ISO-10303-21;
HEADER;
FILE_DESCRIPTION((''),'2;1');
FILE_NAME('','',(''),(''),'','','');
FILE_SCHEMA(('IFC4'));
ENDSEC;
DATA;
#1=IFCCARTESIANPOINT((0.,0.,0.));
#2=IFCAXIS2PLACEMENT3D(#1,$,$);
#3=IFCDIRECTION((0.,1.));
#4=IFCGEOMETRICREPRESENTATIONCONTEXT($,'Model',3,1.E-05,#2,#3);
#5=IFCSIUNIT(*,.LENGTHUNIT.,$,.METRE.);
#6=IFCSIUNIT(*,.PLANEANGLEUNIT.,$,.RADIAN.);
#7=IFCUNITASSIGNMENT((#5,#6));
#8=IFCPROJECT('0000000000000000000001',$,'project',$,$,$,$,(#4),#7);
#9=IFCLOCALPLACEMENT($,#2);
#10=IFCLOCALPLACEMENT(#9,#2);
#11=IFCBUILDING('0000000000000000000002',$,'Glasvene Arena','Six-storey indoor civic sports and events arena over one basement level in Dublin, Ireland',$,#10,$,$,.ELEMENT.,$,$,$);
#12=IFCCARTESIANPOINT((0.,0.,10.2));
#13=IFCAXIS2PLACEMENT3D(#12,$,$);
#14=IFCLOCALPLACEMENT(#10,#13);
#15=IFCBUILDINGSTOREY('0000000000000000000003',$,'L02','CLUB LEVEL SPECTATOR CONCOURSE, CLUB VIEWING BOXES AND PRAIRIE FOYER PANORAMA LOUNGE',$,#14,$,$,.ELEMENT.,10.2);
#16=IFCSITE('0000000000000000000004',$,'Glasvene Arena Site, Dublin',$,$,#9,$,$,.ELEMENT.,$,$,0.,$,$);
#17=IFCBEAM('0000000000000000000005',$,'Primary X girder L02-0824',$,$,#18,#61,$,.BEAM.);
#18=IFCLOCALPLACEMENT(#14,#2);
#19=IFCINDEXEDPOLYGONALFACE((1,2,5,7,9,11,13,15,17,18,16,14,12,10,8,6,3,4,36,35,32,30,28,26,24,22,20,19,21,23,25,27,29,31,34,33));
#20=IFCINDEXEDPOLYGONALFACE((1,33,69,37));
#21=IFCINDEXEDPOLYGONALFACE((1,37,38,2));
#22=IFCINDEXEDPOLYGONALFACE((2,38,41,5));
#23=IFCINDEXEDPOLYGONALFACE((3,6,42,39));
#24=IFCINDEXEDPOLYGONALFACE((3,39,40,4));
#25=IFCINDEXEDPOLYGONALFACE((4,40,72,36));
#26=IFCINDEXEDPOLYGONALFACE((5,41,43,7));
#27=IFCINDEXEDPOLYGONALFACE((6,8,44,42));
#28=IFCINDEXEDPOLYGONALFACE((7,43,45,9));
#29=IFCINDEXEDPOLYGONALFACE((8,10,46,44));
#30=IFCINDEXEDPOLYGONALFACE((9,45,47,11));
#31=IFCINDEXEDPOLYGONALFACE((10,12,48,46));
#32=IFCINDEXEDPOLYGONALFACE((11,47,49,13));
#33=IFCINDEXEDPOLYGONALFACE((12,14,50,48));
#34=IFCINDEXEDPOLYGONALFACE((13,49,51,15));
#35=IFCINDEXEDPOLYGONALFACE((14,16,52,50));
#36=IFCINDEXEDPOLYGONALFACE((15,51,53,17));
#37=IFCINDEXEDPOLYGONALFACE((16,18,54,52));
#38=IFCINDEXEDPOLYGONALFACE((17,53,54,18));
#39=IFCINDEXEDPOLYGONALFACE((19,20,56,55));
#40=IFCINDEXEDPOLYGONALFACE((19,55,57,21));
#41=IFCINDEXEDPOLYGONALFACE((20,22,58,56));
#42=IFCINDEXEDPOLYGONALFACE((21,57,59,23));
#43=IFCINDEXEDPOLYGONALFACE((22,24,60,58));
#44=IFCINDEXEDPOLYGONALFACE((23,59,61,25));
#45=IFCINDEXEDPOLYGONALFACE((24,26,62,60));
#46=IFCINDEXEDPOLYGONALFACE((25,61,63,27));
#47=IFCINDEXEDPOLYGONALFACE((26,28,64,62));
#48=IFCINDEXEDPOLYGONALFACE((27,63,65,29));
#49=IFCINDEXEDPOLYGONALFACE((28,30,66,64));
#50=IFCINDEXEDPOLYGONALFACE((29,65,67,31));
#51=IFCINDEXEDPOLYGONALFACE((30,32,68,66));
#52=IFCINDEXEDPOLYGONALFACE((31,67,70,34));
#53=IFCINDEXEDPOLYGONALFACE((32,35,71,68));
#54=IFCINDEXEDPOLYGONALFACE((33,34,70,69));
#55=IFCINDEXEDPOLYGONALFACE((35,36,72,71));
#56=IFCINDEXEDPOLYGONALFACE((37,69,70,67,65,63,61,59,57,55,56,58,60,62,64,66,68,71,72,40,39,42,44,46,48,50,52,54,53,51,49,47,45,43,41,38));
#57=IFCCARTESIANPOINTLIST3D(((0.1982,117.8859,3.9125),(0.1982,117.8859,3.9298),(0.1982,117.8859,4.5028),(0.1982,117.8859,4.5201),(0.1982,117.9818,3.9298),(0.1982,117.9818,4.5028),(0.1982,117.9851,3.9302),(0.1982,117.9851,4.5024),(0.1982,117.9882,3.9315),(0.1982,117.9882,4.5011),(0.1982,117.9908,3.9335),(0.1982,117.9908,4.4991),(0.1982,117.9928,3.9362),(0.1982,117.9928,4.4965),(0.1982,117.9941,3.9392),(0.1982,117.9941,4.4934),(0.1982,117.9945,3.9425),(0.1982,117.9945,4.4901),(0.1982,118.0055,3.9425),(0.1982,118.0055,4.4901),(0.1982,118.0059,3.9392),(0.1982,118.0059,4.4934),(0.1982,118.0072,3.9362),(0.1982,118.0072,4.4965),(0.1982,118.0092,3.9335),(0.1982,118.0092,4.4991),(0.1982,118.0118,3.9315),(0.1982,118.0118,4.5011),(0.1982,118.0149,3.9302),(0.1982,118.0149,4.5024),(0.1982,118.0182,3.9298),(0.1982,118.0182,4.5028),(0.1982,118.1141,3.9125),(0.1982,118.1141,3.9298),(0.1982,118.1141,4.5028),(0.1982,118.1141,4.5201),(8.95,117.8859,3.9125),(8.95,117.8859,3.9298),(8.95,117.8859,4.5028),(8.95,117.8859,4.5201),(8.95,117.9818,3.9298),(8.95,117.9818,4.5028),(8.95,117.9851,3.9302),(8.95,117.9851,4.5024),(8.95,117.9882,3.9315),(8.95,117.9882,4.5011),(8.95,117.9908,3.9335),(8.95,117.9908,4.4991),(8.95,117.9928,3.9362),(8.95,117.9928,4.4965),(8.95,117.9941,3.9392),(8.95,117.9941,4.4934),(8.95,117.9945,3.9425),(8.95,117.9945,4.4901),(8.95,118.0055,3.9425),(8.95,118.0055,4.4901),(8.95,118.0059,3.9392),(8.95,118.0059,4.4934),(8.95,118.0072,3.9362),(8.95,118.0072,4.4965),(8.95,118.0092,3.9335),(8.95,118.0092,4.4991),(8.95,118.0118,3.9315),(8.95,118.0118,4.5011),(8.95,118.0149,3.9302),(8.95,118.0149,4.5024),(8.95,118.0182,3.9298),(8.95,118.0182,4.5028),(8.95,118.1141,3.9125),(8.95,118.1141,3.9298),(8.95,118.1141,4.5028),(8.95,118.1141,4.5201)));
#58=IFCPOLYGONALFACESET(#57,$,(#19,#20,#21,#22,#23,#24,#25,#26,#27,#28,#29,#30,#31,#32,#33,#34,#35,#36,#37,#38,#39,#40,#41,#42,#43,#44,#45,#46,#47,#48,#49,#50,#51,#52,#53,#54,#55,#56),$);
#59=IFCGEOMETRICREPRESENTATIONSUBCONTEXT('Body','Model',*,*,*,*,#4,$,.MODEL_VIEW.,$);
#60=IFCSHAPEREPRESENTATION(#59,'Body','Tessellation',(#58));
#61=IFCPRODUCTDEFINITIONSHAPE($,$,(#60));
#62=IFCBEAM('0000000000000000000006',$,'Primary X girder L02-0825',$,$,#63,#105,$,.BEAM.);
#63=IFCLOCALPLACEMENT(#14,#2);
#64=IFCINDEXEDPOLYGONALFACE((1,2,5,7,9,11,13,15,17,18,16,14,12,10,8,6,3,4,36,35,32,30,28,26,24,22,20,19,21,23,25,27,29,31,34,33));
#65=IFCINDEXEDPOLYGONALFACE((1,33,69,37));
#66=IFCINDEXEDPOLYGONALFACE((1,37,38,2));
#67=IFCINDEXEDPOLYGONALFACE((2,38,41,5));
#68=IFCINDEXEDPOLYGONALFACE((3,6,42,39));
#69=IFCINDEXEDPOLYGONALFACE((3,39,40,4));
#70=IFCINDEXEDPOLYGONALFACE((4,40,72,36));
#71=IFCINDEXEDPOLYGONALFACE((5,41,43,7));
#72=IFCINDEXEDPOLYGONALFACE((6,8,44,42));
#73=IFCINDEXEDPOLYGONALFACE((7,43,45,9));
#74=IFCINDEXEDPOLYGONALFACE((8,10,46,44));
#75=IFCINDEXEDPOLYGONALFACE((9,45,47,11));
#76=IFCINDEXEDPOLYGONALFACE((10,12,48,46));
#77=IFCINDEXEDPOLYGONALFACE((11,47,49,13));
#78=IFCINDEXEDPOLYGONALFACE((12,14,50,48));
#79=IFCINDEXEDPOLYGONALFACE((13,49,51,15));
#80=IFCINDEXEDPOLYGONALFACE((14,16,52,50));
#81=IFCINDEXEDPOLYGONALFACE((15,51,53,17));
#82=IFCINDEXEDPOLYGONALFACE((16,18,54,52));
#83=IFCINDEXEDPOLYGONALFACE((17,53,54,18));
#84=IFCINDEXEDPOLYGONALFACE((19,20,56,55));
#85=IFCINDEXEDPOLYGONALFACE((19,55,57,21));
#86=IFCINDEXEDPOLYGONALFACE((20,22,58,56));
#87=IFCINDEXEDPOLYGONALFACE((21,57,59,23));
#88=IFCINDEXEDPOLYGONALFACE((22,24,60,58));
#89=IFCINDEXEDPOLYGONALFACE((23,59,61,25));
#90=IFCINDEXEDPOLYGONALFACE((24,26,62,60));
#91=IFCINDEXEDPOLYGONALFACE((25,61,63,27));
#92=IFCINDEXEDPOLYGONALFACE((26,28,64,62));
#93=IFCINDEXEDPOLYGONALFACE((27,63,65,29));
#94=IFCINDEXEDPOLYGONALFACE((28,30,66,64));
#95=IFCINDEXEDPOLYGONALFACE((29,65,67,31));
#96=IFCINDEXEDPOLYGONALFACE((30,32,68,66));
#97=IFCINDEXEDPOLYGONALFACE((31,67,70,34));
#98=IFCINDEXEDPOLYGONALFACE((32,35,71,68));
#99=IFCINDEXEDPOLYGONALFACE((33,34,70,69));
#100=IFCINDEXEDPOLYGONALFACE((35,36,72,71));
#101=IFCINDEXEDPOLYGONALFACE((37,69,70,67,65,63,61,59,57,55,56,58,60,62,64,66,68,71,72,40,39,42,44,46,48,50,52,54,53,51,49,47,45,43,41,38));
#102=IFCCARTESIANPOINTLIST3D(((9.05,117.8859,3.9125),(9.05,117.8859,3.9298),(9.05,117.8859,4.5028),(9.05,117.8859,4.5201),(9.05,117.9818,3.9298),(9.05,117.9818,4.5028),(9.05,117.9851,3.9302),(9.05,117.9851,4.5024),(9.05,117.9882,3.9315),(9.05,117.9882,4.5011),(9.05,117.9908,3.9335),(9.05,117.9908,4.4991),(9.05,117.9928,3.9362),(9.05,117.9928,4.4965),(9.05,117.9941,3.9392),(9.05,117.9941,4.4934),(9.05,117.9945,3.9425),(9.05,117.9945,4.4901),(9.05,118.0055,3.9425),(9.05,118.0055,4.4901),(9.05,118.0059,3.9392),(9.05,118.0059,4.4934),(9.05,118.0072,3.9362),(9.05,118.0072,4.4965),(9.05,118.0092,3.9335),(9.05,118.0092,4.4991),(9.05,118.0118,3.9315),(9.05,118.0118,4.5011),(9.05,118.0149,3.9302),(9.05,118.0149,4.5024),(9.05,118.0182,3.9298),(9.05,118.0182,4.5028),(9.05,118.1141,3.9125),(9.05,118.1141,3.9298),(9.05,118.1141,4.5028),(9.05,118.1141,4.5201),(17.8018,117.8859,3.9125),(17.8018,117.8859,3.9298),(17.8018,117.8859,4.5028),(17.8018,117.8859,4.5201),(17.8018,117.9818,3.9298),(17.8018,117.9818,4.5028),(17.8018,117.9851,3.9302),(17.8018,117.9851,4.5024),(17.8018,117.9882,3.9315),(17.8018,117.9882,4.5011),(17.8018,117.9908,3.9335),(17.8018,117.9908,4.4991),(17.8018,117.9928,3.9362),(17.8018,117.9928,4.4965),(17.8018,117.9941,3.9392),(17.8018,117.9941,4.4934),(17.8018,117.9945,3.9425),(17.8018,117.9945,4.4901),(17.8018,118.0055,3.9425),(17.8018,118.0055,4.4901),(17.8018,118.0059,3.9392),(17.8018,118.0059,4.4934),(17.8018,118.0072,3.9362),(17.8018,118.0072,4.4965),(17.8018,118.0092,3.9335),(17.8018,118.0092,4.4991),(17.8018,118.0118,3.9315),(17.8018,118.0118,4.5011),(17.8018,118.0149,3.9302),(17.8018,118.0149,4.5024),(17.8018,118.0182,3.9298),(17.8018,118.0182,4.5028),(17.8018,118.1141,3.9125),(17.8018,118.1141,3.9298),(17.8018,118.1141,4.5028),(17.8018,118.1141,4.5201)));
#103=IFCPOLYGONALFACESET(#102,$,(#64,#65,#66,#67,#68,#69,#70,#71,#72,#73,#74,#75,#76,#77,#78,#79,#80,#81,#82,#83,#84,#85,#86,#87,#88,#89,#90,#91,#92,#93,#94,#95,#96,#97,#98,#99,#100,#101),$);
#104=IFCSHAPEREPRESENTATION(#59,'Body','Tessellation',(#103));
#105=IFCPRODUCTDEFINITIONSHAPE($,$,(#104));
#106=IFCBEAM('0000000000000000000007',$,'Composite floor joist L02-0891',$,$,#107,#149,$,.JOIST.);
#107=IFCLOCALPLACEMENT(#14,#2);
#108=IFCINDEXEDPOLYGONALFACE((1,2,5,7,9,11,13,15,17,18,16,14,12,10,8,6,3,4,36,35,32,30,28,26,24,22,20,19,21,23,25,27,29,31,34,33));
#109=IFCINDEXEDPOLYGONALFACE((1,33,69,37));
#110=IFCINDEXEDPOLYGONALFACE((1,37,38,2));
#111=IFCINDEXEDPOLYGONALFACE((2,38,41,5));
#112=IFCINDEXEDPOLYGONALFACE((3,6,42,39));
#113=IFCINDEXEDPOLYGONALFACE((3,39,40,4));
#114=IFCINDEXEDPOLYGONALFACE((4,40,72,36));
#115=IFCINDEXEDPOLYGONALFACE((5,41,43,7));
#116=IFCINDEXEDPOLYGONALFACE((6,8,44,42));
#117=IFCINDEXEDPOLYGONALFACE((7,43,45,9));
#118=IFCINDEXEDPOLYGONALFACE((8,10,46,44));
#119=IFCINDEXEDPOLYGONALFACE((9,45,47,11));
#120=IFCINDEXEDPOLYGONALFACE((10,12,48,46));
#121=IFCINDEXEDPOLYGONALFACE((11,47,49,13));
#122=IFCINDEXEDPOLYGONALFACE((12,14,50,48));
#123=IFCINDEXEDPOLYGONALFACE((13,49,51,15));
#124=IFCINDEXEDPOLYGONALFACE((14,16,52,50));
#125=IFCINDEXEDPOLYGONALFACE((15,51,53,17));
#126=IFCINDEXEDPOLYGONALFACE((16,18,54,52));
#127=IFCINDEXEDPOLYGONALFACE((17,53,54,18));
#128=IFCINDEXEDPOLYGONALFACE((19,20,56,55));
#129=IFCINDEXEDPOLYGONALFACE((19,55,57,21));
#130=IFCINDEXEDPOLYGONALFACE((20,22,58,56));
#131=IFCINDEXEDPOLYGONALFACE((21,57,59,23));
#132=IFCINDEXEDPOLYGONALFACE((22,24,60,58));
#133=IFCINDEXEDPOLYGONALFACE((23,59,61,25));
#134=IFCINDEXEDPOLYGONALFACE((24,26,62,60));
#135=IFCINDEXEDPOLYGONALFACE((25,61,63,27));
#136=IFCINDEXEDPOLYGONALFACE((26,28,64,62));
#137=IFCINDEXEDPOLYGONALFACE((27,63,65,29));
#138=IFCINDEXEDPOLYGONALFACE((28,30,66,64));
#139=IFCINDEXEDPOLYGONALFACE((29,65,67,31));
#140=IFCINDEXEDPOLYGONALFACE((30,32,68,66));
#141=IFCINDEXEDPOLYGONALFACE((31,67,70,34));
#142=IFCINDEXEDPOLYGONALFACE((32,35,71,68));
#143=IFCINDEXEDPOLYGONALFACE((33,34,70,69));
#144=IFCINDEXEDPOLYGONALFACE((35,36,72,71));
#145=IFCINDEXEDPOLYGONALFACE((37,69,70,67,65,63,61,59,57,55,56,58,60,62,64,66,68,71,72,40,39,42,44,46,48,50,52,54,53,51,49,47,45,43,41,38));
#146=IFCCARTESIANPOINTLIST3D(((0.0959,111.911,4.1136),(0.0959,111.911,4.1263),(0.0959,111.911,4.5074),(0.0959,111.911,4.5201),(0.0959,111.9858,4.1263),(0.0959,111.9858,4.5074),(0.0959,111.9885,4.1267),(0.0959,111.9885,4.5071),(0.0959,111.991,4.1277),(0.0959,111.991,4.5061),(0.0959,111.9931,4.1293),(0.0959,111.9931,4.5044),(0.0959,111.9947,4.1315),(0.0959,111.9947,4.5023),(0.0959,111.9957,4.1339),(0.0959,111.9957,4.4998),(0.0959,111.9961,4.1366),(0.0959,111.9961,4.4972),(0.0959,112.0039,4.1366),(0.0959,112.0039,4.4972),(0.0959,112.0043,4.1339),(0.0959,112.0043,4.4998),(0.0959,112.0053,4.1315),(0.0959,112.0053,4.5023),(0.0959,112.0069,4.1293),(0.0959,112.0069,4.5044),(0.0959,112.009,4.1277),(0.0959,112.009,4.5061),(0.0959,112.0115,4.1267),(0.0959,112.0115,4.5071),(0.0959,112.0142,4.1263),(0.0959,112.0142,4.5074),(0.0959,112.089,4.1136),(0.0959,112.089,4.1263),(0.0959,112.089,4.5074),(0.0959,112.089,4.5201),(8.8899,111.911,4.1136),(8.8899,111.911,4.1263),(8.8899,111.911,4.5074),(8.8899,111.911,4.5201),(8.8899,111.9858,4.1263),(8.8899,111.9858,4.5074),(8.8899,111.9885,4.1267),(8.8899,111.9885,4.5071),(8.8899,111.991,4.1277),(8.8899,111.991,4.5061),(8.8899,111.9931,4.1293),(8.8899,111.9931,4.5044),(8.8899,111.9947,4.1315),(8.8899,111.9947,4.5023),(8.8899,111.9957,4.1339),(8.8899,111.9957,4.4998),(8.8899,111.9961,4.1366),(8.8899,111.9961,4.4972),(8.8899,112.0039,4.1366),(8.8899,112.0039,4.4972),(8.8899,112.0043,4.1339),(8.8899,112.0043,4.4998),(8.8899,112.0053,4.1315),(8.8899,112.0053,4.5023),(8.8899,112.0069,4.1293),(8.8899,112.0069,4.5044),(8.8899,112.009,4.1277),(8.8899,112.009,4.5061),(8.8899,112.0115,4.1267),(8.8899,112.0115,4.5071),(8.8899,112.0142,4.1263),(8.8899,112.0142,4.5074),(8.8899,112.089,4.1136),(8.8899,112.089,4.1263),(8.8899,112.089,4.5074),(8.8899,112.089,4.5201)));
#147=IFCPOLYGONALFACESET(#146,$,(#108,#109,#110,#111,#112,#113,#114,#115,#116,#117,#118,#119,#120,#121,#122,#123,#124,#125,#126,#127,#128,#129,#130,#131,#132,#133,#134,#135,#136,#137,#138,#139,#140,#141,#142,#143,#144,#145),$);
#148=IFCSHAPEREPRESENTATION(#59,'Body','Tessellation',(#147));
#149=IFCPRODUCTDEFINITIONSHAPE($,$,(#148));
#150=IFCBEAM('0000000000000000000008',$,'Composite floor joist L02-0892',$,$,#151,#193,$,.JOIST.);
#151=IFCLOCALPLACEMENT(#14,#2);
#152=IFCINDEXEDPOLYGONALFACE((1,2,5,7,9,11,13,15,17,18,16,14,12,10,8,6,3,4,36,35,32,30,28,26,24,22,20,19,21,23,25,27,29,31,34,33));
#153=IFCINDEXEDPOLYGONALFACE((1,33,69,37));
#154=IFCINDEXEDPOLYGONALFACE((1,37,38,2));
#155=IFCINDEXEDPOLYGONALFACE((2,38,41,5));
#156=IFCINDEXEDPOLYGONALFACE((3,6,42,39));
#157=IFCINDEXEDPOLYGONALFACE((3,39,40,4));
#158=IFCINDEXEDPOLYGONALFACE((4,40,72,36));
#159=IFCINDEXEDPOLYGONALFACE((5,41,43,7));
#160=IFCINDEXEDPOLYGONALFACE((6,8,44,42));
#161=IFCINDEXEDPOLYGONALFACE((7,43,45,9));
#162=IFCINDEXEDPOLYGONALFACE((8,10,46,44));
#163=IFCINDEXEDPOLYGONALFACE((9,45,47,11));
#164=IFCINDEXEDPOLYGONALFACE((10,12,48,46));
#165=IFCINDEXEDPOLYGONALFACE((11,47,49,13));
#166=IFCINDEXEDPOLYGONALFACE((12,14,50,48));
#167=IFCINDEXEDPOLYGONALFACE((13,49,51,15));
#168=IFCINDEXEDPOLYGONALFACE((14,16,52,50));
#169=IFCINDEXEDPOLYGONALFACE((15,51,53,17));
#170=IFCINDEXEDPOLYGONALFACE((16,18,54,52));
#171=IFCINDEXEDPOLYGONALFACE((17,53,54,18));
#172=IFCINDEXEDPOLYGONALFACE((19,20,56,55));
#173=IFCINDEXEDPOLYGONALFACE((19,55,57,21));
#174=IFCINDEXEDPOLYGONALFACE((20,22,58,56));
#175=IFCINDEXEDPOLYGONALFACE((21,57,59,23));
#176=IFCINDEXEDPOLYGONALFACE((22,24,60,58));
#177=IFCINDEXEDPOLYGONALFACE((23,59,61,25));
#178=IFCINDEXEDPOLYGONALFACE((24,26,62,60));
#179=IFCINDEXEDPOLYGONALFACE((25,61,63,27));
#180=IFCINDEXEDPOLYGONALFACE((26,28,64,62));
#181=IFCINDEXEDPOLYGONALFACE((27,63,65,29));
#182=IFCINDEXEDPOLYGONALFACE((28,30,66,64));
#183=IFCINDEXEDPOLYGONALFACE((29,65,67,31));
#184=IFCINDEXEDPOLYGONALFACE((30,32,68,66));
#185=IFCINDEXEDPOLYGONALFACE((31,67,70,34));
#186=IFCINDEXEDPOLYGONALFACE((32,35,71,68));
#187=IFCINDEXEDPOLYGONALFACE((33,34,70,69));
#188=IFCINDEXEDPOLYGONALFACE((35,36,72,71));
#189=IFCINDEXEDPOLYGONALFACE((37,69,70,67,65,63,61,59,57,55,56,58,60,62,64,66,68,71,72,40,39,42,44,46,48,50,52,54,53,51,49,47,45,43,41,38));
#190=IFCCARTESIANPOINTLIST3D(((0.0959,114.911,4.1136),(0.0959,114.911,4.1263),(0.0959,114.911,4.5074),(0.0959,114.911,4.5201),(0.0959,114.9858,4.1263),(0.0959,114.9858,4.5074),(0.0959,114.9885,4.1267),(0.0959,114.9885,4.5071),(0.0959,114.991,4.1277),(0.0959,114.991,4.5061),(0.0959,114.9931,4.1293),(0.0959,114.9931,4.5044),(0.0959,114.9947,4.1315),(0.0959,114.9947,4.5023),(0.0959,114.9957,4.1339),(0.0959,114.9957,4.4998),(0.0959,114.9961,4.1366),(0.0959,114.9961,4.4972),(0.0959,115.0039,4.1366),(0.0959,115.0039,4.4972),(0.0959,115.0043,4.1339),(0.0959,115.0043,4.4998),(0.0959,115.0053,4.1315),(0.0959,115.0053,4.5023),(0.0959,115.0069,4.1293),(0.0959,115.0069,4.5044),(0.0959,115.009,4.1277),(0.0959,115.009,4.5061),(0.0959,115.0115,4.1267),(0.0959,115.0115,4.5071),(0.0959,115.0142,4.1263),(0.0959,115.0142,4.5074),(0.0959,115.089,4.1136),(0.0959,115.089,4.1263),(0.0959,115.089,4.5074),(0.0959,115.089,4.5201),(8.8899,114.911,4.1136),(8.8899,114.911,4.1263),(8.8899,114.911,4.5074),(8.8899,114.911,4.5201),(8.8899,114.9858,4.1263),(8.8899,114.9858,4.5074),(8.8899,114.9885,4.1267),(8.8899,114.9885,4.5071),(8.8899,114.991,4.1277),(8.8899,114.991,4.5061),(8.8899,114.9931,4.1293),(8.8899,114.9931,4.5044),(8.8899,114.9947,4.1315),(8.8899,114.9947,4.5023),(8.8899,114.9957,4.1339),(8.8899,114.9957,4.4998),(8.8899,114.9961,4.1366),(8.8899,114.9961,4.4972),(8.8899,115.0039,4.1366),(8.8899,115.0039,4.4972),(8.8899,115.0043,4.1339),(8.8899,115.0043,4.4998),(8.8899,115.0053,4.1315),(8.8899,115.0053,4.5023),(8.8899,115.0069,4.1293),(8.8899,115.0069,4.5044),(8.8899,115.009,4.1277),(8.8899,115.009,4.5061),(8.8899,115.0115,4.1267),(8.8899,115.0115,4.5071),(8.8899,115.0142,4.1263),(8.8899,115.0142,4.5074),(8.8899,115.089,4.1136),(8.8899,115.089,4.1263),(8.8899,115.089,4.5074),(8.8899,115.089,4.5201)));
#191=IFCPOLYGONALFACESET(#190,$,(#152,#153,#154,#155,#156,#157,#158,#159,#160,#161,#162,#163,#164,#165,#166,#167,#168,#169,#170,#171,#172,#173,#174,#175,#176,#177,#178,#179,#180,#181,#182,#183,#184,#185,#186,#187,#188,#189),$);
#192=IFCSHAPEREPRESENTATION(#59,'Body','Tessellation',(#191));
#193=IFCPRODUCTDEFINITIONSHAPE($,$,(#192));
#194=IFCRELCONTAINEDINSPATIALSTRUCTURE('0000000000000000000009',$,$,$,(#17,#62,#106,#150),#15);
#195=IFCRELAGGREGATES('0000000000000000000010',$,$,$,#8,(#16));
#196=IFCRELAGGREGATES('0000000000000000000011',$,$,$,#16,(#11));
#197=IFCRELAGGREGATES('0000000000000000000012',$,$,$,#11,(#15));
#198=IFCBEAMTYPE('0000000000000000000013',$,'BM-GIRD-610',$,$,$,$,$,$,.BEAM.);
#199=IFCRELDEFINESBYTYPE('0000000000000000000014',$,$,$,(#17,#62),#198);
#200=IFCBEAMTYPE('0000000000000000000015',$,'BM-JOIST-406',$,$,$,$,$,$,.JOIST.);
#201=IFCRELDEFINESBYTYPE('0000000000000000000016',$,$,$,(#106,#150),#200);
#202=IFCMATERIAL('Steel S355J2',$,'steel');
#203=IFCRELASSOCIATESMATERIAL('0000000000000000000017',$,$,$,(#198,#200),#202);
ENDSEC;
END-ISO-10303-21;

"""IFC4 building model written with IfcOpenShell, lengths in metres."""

from ifc_helpers import new_model, si_unit, direction, frame, origin, origin_2d, place, context, subcontext, project, spatial, i_section, extrude, material, material_profile, profile_set, type_object, element, save


model = new_model("IFC4")

# Units and contexts
model_context = context("Model", 3, precision=1e-05, world=origin(), true_north=direction((0.0, 1.0)))
body_context = subcontext(model_context, "Body", "Model", "MODEL_VIEW")
ifc_project = project(units=[si_unit("LENGTHUNIT", "METRE"), si_unit("PLANEANGLEUNIT", "RADIAN")], contexts=[model_context])

# Site, building, storey
site_placement = place(None, origin())
site = spatial("IfcSite", under=ifc_project, at=site_placement, Name="Glasvene Arena Site, Dublin", CompositionType="ELEMENT", RefElevation=0.0)
building_placement = place(site_placement, origin())
building = spatial("IfcBuilding", under=site, at=building_placement, Name="Glasvene Arena", Description="Six-storey indoor civic sports and events arena over one basement level in Dublin, Ireland", CompositionType="ELEMENT")
storey_placement = place(building_placement, frame((0.0, 0.0, 10.2)))
storey = spatial("IfcBuildingStorey", under=building, at=storey_placement, Name="L02", Description="CLUB LEVEL SPECTATOR CONCOURSE, CLUB VIEWING BOXES AND PRAIRIE FOYER PANORAMA LOUNGE", CompositionType="ELEMENT", Elevation=10.2)

# Shared definitions
ifc_material_1 = material(Name="Steel S355J2", Category="steel")

# Beams
ifc_material_profile_1 = material_profile(ifc_material_1, i_section(OverallWidth=0.2283, OverallDepth=0.6077, WebThickness=0.011, FlangeThickness=0.0173, FilletRadius=0.0127, at=origin_2d()), Name="UKB 610x229x113")
ifc_profile_set_1 = profile_set([ifc_material_profile_1], Name="Steel S355J2")
beam_type_1 = type_object("IfcBeamType", Name="BM-GIRD-610", PredefinedType="BEAM", material=ifc_profile_set_1)
for number, where, z_axis, x_axis, name in (
    (1, (0.1982, 118.0, 4.2163), (1.0, 0.0, 0.0), (0.0, 1.0, 0.0), "Primary X girder L02-0824"),
    (2, (9.05, 118.0, 4.2163), (1.0, 0.0, 0.0), (0.0, 1.0, 0.0), "Primary X girder L02-0825"),
):
    element("IfcBeam", number, at=place(storey_placement, frame(where, z_axis=z_axis, x_axis=x_axis)), inside=storey, type_object=beam_type_1, Name=name, PredefinedType="BEAM", context=body_context, shape_type="SweptSolid", body=[
        extrude(i_section(OverallWidth=0.2283, OverallDepth=0.6077, WebThickness=0.011, FlangeThickness=0.0173, FilletRadius=0.0127, at=origin_2d()), origin(), (0.0, 0.0, 1.0), 8.7517),
    ])
ifc_material_profile_2 = material_profile(ifc_material_1, i_section(OverallWidth=0.178, OverallDepth=0.4065, WebThickness=0.0078, FlangeThickness=0.0127, FilletRadius=0.0103, at=origin_2d()), Name="UKB 406x178x60")
ifc_profile_set_2 = profile_set([ifc_material_profile_2], Name="Steel S355J2")
beam_type_2 = type_object("IfcBeamType", Name="BM-JOIST-406", PredefinedType="JOIST", material=ifc_profile_set_2)
for number, where, z_axis, x_axis, name in (
    (3, (0.0959, 112.0, 4.3169), (1.0, 0.0, 0.0), (0.0, 1.0, 0.0), "Composite floor joist L02-0891"),
    (4, (0.0959, 115.0, 4.3169), (1.0, 0.0, 0.0), (0.0, 1.0, 0.0), "Composite floor joist L02-0892"),
):
    element("IfcBeam", number, at=place(storey_placement, frame(where, z_axis=z_axis, x_axis=x_axis)), inside=storey, type_object=beam_type_2, Name=name, PredefinedType="JOIST", context=body_context, shape_type="SweptSolid", body=[
        extrude(i_section(OverallWidth=0.178, OverallDepth=0.4065, WebThickness=0.0078, FlangeThickness=0.0127, FilletRadius=0.0103, at=origin_2d()), origin(), (0.0, 0.0, 1.0), 8.7939),
    ])

save(model, "model.ifc")
